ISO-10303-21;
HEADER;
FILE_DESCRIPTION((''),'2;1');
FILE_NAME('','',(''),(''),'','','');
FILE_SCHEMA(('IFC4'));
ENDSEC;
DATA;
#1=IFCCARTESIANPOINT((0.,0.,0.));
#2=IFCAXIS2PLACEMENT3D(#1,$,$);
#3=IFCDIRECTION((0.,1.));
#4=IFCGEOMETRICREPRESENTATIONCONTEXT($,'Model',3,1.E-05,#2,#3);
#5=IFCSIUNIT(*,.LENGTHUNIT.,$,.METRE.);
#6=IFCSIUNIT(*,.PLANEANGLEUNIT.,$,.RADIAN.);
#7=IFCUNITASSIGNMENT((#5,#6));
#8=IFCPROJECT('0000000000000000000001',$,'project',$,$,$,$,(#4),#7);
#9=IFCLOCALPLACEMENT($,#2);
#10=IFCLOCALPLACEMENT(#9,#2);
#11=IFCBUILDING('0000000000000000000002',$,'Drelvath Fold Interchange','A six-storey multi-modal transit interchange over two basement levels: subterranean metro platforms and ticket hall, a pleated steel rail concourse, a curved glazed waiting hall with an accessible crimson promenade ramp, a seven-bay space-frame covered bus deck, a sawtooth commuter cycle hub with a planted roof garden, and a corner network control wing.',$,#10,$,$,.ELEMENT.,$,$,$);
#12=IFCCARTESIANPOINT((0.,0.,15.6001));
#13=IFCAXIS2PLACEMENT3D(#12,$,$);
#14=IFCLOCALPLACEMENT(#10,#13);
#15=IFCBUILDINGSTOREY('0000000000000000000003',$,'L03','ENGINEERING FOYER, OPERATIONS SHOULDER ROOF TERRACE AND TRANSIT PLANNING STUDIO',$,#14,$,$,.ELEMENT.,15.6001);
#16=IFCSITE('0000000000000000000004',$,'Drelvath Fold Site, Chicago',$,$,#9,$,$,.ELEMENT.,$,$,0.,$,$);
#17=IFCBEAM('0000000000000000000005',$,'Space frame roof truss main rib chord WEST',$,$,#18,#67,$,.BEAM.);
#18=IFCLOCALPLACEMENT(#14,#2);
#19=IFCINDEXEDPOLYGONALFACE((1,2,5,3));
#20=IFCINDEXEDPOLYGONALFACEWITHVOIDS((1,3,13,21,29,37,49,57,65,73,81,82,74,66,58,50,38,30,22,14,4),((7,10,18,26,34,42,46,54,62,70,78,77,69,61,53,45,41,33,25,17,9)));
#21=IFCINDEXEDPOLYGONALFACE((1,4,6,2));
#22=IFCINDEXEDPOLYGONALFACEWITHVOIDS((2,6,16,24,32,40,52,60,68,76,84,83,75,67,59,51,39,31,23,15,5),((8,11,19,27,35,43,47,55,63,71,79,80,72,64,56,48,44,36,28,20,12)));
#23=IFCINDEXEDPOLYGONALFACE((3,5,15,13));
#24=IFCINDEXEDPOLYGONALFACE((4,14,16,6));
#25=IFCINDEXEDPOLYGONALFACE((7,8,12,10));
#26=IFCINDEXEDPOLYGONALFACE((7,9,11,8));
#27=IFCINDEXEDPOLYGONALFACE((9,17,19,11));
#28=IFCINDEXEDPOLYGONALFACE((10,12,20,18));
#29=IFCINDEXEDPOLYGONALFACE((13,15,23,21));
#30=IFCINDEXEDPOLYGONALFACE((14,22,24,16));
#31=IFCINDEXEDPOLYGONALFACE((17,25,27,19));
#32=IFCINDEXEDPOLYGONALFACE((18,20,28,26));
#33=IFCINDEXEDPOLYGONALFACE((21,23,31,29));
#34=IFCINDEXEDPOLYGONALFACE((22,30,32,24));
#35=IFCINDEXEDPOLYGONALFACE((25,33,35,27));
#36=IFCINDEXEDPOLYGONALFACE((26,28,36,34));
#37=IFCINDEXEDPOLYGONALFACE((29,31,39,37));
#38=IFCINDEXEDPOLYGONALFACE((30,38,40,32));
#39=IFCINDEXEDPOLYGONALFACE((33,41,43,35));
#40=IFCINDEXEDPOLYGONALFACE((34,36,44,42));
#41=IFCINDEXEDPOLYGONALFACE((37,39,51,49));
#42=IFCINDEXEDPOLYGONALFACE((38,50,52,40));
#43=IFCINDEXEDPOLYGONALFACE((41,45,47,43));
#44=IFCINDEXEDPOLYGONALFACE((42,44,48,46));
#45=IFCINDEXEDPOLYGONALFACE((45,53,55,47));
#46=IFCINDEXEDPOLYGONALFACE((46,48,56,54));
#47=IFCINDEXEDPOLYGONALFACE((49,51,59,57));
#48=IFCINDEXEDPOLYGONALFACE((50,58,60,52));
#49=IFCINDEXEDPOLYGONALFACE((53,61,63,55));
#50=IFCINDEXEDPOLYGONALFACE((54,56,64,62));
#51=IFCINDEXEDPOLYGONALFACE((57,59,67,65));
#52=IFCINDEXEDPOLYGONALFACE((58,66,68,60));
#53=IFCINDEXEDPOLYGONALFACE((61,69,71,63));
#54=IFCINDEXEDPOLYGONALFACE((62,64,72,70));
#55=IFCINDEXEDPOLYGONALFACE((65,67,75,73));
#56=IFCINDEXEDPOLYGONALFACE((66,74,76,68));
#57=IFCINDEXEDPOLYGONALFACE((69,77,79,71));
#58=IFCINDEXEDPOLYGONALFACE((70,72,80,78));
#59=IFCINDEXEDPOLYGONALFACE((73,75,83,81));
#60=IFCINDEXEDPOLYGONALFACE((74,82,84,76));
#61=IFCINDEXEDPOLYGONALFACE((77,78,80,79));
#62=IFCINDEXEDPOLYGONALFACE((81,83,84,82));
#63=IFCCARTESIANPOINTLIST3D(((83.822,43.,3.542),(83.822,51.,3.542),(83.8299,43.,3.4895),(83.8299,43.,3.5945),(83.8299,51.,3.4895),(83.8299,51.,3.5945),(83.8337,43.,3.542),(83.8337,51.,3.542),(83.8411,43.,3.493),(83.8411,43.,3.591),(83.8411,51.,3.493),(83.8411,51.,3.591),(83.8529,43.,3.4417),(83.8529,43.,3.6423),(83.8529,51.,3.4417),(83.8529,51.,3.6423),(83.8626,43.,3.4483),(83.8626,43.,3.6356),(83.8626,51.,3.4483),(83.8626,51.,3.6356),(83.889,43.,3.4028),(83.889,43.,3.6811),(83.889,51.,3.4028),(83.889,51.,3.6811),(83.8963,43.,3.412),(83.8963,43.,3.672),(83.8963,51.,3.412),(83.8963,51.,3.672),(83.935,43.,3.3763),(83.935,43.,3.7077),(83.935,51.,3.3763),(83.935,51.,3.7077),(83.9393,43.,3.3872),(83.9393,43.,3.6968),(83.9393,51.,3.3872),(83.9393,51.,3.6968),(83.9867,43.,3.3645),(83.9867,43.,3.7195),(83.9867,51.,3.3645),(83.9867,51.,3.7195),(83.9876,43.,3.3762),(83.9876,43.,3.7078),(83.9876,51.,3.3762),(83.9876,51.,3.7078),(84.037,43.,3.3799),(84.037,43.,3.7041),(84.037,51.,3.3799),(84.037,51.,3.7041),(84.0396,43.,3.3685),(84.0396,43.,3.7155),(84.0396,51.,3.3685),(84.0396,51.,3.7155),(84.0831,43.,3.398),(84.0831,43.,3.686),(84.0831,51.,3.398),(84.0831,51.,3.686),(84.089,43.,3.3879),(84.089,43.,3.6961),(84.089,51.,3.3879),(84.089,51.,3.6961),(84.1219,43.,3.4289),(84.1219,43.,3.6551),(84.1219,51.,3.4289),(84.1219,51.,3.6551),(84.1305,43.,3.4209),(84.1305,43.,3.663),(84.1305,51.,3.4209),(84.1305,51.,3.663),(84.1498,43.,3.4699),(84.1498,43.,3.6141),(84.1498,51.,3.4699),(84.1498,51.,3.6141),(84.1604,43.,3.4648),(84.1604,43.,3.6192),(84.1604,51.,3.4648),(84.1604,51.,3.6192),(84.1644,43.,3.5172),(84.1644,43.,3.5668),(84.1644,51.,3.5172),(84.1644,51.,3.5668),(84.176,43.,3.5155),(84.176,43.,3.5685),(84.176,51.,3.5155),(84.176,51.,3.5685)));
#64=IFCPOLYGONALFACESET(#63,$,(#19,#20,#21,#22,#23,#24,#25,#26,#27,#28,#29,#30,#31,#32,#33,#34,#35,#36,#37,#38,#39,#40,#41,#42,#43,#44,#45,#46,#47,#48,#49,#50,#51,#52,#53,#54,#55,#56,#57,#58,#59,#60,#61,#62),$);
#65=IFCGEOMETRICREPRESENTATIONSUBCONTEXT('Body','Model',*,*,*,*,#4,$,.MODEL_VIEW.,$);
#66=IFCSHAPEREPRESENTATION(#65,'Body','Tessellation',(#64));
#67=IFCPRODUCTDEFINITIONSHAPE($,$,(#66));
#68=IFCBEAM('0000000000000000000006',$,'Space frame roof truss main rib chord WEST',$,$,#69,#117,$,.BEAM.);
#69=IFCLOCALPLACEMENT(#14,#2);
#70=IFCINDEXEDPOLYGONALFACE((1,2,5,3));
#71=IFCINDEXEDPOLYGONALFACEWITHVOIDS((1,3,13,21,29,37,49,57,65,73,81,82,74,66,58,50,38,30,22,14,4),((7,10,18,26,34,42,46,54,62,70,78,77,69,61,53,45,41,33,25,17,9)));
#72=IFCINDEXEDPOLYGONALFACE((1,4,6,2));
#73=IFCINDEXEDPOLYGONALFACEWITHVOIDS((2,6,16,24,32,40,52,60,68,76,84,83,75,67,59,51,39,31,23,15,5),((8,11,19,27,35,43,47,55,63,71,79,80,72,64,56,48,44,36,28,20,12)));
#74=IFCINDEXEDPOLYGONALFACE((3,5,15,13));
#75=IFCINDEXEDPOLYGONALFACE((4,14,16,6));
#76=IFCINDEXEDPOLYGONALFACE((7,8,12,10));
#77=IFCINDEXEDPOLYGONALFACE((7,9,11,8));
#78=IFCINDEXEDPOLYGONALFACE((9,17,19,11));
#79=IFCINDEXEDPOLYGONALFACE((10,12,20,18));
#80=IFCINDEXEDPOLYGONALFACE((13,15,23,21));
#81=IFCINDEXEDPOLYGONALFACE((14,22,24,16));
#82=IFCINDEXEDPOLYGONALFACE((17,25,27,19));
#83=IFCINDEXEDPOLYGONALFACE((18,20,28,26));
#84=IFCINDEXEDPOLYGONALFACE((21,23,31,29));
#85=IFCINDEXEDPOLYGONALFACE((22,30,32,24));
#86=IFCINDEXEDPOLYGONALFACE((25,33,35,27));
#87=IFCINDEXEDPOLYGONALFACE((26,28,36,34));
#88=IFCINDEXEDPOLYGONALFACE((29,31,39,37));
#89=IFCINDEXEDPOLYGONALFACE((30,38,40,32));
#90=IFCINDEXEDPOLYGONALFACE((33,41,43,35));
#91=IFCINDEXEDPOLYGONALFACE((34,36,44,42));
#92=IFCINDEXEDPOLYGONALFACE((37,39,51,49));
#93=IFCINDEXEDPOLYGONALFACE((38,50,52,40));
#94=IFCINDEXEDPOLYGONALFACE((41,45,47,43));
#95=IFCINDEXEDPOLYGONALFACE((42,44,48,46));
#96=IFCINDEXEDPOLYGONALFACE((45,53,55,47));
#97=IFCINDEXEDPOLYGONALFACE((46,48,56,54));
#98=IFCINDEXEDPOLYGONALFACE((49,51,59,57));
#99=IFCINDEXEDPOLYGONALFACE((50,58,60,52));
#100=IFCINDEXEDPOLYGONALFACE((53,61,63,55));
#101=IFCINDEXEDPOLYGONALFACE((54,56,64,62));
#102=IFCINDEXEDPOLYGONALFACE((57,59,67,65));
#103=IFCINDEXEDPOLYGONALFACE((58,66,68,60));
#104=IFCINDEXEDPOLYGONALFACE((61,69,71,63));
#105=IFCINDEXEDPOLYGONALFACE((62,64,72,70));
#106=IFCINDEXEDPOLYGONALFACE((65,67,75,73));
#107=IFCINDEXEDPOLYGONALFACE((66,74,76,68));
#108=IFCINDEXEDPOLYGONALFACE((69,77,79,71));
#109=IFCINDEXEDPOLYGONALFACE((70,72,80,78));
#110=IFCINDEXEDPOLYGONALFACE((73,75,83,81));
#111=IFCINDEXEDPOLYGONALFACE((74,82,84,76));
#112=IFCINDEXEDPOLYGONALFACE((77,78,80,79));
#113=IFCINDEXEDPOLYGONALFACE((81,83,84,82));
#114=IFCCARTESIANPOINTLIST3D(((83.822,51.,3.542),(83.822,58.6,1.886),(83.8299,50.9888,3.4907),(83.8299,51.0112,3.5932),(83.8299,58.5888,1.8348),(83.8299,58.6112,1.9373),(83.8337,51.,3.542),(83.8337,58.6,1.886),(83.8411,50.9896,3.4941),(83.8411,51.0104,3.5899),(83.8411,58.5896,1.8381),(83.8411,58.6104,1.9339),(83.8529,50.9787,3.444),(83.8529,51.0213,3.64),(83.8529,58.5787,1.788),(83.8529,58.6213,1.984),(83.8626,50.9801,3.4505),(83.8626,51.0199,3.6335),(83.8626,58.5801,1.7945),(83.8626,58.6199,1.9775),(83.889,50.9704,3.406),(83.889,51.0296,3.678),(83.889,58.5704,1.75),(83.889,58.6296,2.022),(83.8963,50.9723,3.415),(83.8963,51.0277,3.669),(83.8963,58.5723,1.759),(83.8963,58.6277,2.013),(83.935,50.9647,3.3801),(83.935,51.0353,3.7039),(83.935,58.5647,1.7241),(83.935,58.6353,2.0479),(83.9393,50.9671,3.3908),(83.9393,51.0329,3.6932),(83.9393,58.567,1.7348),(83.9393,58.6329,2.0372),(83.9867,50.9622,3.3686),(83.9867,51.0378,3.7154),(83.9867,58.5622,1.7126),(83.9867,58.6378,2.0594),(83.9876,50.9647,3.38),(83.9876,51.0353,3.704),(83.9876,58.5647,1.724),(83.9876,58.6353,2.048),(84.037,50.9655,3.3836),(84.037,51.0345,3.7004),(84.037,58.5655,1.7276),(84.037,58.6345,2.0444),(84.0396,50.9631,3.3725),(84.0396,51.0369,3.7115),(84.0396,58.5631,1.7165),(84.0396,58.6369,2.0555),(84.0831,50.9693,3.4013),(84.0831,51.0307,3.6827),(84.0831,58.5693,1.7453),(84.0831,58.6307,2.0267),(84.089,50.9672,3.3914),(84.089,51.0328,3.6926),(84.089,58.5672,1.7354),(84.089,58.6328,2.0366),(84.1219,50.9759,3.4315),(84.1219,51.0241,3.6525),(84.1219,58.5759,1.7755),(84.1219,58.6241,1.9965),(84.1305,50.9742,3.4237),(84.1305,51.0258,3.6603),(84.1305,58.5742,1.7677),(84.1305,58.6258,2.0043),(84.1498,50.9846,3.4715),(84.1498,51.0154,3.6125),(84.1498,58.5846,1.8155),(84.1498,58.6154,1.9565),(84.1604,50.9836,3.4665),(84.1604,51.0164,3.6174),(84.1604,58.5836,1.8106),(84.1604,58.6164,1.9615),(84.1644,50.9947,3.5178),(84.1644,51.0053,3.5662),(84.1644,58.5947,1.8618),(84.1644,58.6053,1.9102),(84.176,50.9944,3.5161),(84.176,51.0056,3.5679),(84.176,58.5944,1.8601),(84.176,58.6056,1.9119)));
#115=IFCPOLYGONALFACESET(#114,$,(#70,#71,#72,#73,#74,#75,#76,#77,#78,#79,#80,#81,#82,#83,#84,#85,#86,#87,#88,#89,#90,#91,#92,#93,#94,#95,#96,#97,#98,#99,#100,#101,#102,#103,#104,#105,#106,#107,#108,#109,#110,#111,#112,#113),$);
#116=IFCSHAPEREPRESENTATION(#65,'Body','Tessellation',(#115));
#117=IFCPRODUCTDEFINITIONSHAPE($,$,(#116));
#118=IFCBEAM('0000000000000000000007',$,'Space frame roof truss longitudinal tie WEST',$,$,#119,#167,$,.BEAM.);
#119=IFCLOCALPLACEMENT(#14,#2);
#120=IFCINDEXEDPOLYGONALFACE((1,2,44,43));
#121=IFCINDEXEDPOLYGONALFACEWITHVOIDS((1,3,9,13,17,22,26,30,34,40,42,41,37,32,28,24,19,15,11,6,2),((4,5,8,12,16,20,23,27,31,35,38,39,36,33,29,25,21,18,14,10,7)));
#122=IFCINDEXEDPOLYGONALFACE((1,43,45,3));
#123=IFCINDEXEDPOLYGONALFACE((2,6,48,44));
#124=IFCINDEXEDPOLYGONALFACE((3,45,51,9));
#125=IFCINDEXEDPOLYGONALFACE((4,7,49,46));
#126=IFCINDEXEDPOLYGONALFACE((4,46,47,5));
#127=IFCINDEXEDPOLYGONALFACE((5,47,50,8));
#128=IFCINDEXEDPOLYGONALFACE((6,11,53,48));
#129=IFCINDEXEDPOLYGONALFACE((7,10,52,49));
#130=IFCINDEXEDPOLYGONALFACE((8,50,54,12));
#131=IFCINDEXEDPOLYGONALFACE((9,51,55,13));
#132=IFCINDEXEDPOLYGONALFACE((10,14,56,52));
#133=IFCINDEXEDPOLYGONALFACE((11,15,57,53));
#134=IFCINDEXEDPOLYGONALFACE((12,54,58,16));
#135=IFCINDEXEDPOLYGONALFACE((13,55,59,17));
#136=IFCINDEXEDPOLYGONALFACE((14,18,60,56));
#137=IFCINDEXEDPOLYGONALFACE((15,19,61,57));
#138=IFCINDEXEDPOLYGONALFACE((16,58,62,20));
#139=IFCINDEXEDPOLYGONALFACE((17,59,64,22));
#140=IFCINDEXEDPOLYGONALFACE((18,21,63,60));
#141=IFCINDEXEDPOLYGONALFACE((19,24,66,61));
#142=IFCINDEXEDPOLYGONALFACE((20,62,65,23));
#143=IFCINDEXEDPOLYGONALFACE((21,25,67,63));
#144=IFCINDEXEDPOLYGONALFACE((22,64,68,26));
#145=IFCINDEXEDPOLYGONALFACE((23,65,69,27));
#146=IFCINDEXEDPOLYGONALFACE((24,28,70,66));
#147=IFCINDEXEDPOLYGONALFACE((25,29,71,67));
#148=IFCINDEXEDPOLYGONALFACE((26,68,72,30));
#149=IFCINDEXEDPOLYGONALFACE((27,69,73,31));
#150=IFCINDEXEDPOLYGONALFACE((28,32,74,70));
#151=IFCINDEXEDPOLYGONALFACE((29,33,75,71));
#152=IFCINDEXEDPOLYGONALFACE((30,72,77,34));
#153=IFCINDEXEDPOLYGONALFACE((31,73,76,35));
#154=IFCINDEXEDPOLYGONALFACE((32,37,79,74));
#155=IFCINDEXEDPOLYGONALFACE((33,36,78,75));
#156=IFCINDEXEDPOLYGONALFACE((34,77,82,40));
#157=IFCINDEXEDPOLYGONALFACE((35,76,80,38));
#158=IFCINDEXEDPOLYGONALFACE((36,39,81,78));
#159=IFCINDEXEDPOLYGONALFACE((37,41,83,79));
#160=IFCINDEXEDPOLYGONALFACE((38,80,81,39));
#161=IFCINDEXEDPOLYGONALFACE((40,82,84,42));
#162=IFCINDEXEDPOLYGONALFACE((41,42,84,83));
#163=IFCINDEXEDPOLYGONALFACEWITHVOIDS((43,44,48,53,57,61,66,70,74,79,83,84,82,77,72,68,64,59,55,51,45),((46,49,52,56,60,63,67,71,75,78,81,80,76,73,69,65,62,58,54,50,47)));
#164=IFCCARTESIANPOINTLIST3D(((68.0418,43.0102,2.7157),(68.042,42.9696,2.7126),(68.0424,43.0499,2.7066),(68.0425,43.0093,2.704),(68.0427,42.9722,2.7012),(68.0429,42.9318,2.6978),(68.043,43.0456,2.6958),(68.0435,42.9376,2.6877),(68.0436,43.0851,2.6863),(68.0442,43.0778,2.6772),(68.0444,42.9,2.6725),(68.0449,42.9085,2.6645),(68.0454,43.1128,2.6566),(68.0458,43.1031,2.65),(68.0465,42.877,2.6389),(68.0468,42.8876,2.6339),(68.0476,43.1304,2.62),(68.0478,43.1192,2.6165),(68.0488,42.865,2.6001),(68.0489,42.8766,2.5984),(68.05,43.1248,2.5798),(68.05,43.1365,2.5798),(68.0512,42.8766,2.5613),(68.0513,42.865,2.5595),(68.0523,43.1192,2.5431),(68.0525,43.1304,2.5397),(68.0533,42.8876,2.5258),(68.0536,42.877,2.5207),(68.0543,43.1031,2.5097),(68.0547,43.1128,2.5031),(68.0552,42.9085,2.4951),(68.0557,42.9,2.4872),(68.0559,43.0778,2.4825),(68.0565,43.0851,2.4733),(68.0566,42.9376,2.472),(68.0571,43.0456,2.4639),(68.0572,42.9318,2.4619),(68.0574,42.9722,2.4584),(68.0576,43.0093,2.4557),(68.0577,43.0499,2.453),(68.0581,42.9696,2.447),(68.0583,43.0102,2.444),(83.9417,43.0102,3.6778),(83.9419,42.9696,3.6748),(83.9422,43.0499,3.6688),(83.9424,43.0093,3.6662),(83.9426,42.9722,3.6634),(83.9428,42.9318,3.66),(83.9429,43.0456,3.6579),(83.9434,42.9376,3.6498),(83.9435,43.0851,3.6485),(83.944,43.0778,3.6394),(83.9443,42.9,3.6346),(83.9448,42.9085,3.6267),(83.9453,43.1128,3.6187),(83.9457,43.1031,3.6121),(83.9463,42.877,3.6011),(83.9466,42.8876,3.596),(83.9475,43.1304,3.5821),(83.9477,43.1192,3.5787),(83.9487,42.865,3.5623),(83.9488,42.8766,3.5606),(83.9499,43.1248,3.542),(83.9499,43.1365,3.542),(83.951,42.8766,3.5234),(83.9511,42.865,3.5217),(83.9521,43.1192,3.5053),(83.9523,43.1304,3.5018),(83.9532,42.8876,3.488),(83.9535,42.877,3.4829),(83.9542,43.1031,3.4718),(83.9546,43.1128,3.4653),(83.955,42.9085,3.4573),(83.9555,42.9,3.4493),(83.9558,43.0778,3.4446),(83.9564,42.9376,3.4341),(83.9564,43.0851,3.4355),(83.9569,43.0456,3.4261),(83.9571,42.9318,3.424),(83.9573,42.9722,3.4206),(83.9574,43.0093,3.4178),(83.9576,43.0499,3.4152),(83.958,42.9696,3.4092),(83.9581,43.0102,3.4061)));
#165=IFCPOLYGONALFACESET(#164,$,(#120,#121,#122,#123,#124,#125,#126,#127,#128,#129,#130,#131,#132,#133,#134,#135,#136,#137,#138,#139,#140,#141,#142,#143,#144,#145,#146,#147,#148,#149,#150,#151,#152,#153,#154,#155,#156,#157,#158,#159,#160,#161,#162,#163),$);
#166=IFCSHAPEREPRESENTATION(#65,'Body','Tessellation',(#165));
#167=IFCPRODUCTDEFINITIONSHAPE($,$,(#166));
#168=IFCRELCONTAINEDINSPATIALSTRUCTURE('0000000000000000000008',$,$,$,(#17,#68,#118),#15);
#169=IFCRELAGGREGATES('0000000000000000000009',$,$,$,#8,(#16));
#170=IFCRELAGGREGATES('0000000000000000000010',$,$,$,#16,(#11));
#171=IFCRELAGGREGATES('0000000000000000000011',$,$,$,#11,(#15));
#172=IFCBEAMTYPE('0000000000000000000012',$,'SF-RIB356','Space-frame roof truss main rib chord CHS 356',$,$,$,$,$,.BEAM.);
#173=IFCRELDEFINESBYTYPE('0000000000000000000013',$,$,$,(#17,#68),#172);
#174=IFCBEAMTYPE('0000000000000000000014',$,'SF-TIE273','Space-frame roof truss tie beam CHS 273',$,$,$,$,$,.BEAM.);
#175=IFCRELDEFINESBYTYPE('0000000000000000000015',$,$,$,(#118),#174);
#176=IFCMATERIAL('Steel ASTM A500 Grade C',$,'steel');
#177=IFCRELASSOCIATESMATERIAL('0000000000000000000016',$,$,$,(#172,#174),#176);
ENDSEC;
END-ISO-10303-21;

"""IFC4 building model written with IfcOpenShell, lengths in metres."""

from ifc_helpers import new_model, si_unit, direction, frame, origin, origin_2d, place, context, subcontext, project, spatial, hollow_circle, extrude, material, material_profile, profile_set, type_object, element, save


model = new_model("IFC4")

# Units and contexts
model_context = context("Model", 3, precision=1e-05, world=origin(), true_north=direction((0.0, 1.0)))
body_context = subcontext(model_context, "Body", "Model", "MODEL_VIEW")
ifc_project = project(units=[si_unit("LENGTHUNIT", "METRE"), si_unit("PLANEANGLEUNIT", "RADIAN")], contexts=[model_context])

# Site, building, storey
site_placement = place(None, origin())
site = spatial("IfcSite", under=ifc_project, at=site_placement, Name="Drelvath Fold Site, Chicago", CompositionType="ELEMENT", RefElevation=0.0)
building_placement = place(site_placement, origin())
building = spatial("IfcBuilding", under=site, at=building_placement, Name="Drelvath Fold Interchange", Description="A six-storey multi-modal transit interchange over two basement levels: subterranean metro platforms and ticket hall, a pleated steel rail concourse, a curved glazed waiting hall with an accessible crimson promenade ramp, a seven-bay space-frame covered bus deck, a sawtooth commuter cycle hub with a planted roof garden, and a corner network control wing.", CompositionType="ELEMENT")
storey_placement = place(building_placement, frame((0.0, 0.0, 15.6001)))
storey = spatial("IfcBuildingStorey", under=building, at=storey_placement, Name="L03", Description="ENGINEERING FOYER, OPERATIONS SHOULDER ROOF TERRACE AND TRANSIT PLANNING STUDIO", CompositionType="ELEMENT", Elevation=15.6001)

# Shared definitions
ifc_material_1 = material(Name="Steel ASTM A500 Grade C", Category="steel")

# Beams
ifc_material_profile_1 = material_profile(ifc_material_1, hollow_circle(Radius=0.178, WallThickness=0.0117, at=origin_2d()), Name="HSS14.000X0.500")
ifc_profile_set_1 = profile_set([ifc_material_profile_1], Name="Steel ASTM A500 Grade C")
beam_type_1 = type_object("IfcBeamType", Name="SF-RIB356", Description="Space-frame roof truss main rib chord CHS 356", PredefinedType="BEAM", material=ifc_profile_set_1)
beam_1_placement = place(storey_placement, frame((84.0, 43.0, 3.542), z_axis=(0.0, 1.0, 0.0), x_axis=(-1.0, 0.0, 0.0)))
element("IfcBeam", 1, at=beam_1_placement, inside=storey, type_object=beam_type_1, Name="Space frame roof truss main rib chord WEST", PredefinedType="BEAM", context=body_context, shape_type="SweptSolid", body=[
    extrude(hollow_circle(Radius=0.178, WallThickness=0.0117, at=origin_2d()), origin(), (0.0, 0.0, 1.0), 8.0),
])
beam_2_placement = place(storey_placement, frame((84.0, 51.0, 3.542), z_axis=(0.0, 0.977075, -0.212897), x_axis=(-1.0, 0.0, 0.0)))
element("IfcBeam", 2, at=beam_2_placement, inside=storey, type_object=beam_type_1, Name="Space frame roof truss main rib chord WEST", PredefinedType="BEAM", context=body_context, shape_type="SweptSolid", body=[
    extrude(hollow_circle(Radius=0.178, WallThickness=0.0117, at=origin_2d()), origin(), (0.0, 0.0, 1.0), 7.7783),
])
ifc_material_profile_2 = material_profile(ifc_material_1, hollow_circle(Radius=0.1365, WallThickness=0.0117, at=origin_2d()), Name="HSS10.750X0.500")
ifc_profile_set_2 = profile_set([ifc_material_profile_2], Name="Steel ASTM A500 Grade C")
beam_type_2 = type_object("IfcBeamType", Name="SF-TIE273", Description="Space-frame roof truss tie beam CHS 273", PredefinedType="BEAM", material=ifc_profile_set_2)
for number, where, z_axis, x_axis, name in (
    (3, (68.05, 43.0, 2.5798), (0.998174, 0.0, 0.060403), (0.0, 1.0, 0.0), "Space frame roof truss longitudinal tie WEST"),
):
    element("IfcBeam", number, at=place(storey_placement, frame(where, z_axis=z_axis, x_axis=x_axis)), inside=storey, type_object=beam_type_2, Name=name, PredefinedType="BEAM", context=body_context, shape_type="SweptSolid", body=[
        extrude(hollow_circle(Radius=0.1365, WallThickness=0.0117, at=origin_2d()), origin(), (0.0, 0.0, 1.0), 15.929),
    ])

save(model, "model.ifc")
